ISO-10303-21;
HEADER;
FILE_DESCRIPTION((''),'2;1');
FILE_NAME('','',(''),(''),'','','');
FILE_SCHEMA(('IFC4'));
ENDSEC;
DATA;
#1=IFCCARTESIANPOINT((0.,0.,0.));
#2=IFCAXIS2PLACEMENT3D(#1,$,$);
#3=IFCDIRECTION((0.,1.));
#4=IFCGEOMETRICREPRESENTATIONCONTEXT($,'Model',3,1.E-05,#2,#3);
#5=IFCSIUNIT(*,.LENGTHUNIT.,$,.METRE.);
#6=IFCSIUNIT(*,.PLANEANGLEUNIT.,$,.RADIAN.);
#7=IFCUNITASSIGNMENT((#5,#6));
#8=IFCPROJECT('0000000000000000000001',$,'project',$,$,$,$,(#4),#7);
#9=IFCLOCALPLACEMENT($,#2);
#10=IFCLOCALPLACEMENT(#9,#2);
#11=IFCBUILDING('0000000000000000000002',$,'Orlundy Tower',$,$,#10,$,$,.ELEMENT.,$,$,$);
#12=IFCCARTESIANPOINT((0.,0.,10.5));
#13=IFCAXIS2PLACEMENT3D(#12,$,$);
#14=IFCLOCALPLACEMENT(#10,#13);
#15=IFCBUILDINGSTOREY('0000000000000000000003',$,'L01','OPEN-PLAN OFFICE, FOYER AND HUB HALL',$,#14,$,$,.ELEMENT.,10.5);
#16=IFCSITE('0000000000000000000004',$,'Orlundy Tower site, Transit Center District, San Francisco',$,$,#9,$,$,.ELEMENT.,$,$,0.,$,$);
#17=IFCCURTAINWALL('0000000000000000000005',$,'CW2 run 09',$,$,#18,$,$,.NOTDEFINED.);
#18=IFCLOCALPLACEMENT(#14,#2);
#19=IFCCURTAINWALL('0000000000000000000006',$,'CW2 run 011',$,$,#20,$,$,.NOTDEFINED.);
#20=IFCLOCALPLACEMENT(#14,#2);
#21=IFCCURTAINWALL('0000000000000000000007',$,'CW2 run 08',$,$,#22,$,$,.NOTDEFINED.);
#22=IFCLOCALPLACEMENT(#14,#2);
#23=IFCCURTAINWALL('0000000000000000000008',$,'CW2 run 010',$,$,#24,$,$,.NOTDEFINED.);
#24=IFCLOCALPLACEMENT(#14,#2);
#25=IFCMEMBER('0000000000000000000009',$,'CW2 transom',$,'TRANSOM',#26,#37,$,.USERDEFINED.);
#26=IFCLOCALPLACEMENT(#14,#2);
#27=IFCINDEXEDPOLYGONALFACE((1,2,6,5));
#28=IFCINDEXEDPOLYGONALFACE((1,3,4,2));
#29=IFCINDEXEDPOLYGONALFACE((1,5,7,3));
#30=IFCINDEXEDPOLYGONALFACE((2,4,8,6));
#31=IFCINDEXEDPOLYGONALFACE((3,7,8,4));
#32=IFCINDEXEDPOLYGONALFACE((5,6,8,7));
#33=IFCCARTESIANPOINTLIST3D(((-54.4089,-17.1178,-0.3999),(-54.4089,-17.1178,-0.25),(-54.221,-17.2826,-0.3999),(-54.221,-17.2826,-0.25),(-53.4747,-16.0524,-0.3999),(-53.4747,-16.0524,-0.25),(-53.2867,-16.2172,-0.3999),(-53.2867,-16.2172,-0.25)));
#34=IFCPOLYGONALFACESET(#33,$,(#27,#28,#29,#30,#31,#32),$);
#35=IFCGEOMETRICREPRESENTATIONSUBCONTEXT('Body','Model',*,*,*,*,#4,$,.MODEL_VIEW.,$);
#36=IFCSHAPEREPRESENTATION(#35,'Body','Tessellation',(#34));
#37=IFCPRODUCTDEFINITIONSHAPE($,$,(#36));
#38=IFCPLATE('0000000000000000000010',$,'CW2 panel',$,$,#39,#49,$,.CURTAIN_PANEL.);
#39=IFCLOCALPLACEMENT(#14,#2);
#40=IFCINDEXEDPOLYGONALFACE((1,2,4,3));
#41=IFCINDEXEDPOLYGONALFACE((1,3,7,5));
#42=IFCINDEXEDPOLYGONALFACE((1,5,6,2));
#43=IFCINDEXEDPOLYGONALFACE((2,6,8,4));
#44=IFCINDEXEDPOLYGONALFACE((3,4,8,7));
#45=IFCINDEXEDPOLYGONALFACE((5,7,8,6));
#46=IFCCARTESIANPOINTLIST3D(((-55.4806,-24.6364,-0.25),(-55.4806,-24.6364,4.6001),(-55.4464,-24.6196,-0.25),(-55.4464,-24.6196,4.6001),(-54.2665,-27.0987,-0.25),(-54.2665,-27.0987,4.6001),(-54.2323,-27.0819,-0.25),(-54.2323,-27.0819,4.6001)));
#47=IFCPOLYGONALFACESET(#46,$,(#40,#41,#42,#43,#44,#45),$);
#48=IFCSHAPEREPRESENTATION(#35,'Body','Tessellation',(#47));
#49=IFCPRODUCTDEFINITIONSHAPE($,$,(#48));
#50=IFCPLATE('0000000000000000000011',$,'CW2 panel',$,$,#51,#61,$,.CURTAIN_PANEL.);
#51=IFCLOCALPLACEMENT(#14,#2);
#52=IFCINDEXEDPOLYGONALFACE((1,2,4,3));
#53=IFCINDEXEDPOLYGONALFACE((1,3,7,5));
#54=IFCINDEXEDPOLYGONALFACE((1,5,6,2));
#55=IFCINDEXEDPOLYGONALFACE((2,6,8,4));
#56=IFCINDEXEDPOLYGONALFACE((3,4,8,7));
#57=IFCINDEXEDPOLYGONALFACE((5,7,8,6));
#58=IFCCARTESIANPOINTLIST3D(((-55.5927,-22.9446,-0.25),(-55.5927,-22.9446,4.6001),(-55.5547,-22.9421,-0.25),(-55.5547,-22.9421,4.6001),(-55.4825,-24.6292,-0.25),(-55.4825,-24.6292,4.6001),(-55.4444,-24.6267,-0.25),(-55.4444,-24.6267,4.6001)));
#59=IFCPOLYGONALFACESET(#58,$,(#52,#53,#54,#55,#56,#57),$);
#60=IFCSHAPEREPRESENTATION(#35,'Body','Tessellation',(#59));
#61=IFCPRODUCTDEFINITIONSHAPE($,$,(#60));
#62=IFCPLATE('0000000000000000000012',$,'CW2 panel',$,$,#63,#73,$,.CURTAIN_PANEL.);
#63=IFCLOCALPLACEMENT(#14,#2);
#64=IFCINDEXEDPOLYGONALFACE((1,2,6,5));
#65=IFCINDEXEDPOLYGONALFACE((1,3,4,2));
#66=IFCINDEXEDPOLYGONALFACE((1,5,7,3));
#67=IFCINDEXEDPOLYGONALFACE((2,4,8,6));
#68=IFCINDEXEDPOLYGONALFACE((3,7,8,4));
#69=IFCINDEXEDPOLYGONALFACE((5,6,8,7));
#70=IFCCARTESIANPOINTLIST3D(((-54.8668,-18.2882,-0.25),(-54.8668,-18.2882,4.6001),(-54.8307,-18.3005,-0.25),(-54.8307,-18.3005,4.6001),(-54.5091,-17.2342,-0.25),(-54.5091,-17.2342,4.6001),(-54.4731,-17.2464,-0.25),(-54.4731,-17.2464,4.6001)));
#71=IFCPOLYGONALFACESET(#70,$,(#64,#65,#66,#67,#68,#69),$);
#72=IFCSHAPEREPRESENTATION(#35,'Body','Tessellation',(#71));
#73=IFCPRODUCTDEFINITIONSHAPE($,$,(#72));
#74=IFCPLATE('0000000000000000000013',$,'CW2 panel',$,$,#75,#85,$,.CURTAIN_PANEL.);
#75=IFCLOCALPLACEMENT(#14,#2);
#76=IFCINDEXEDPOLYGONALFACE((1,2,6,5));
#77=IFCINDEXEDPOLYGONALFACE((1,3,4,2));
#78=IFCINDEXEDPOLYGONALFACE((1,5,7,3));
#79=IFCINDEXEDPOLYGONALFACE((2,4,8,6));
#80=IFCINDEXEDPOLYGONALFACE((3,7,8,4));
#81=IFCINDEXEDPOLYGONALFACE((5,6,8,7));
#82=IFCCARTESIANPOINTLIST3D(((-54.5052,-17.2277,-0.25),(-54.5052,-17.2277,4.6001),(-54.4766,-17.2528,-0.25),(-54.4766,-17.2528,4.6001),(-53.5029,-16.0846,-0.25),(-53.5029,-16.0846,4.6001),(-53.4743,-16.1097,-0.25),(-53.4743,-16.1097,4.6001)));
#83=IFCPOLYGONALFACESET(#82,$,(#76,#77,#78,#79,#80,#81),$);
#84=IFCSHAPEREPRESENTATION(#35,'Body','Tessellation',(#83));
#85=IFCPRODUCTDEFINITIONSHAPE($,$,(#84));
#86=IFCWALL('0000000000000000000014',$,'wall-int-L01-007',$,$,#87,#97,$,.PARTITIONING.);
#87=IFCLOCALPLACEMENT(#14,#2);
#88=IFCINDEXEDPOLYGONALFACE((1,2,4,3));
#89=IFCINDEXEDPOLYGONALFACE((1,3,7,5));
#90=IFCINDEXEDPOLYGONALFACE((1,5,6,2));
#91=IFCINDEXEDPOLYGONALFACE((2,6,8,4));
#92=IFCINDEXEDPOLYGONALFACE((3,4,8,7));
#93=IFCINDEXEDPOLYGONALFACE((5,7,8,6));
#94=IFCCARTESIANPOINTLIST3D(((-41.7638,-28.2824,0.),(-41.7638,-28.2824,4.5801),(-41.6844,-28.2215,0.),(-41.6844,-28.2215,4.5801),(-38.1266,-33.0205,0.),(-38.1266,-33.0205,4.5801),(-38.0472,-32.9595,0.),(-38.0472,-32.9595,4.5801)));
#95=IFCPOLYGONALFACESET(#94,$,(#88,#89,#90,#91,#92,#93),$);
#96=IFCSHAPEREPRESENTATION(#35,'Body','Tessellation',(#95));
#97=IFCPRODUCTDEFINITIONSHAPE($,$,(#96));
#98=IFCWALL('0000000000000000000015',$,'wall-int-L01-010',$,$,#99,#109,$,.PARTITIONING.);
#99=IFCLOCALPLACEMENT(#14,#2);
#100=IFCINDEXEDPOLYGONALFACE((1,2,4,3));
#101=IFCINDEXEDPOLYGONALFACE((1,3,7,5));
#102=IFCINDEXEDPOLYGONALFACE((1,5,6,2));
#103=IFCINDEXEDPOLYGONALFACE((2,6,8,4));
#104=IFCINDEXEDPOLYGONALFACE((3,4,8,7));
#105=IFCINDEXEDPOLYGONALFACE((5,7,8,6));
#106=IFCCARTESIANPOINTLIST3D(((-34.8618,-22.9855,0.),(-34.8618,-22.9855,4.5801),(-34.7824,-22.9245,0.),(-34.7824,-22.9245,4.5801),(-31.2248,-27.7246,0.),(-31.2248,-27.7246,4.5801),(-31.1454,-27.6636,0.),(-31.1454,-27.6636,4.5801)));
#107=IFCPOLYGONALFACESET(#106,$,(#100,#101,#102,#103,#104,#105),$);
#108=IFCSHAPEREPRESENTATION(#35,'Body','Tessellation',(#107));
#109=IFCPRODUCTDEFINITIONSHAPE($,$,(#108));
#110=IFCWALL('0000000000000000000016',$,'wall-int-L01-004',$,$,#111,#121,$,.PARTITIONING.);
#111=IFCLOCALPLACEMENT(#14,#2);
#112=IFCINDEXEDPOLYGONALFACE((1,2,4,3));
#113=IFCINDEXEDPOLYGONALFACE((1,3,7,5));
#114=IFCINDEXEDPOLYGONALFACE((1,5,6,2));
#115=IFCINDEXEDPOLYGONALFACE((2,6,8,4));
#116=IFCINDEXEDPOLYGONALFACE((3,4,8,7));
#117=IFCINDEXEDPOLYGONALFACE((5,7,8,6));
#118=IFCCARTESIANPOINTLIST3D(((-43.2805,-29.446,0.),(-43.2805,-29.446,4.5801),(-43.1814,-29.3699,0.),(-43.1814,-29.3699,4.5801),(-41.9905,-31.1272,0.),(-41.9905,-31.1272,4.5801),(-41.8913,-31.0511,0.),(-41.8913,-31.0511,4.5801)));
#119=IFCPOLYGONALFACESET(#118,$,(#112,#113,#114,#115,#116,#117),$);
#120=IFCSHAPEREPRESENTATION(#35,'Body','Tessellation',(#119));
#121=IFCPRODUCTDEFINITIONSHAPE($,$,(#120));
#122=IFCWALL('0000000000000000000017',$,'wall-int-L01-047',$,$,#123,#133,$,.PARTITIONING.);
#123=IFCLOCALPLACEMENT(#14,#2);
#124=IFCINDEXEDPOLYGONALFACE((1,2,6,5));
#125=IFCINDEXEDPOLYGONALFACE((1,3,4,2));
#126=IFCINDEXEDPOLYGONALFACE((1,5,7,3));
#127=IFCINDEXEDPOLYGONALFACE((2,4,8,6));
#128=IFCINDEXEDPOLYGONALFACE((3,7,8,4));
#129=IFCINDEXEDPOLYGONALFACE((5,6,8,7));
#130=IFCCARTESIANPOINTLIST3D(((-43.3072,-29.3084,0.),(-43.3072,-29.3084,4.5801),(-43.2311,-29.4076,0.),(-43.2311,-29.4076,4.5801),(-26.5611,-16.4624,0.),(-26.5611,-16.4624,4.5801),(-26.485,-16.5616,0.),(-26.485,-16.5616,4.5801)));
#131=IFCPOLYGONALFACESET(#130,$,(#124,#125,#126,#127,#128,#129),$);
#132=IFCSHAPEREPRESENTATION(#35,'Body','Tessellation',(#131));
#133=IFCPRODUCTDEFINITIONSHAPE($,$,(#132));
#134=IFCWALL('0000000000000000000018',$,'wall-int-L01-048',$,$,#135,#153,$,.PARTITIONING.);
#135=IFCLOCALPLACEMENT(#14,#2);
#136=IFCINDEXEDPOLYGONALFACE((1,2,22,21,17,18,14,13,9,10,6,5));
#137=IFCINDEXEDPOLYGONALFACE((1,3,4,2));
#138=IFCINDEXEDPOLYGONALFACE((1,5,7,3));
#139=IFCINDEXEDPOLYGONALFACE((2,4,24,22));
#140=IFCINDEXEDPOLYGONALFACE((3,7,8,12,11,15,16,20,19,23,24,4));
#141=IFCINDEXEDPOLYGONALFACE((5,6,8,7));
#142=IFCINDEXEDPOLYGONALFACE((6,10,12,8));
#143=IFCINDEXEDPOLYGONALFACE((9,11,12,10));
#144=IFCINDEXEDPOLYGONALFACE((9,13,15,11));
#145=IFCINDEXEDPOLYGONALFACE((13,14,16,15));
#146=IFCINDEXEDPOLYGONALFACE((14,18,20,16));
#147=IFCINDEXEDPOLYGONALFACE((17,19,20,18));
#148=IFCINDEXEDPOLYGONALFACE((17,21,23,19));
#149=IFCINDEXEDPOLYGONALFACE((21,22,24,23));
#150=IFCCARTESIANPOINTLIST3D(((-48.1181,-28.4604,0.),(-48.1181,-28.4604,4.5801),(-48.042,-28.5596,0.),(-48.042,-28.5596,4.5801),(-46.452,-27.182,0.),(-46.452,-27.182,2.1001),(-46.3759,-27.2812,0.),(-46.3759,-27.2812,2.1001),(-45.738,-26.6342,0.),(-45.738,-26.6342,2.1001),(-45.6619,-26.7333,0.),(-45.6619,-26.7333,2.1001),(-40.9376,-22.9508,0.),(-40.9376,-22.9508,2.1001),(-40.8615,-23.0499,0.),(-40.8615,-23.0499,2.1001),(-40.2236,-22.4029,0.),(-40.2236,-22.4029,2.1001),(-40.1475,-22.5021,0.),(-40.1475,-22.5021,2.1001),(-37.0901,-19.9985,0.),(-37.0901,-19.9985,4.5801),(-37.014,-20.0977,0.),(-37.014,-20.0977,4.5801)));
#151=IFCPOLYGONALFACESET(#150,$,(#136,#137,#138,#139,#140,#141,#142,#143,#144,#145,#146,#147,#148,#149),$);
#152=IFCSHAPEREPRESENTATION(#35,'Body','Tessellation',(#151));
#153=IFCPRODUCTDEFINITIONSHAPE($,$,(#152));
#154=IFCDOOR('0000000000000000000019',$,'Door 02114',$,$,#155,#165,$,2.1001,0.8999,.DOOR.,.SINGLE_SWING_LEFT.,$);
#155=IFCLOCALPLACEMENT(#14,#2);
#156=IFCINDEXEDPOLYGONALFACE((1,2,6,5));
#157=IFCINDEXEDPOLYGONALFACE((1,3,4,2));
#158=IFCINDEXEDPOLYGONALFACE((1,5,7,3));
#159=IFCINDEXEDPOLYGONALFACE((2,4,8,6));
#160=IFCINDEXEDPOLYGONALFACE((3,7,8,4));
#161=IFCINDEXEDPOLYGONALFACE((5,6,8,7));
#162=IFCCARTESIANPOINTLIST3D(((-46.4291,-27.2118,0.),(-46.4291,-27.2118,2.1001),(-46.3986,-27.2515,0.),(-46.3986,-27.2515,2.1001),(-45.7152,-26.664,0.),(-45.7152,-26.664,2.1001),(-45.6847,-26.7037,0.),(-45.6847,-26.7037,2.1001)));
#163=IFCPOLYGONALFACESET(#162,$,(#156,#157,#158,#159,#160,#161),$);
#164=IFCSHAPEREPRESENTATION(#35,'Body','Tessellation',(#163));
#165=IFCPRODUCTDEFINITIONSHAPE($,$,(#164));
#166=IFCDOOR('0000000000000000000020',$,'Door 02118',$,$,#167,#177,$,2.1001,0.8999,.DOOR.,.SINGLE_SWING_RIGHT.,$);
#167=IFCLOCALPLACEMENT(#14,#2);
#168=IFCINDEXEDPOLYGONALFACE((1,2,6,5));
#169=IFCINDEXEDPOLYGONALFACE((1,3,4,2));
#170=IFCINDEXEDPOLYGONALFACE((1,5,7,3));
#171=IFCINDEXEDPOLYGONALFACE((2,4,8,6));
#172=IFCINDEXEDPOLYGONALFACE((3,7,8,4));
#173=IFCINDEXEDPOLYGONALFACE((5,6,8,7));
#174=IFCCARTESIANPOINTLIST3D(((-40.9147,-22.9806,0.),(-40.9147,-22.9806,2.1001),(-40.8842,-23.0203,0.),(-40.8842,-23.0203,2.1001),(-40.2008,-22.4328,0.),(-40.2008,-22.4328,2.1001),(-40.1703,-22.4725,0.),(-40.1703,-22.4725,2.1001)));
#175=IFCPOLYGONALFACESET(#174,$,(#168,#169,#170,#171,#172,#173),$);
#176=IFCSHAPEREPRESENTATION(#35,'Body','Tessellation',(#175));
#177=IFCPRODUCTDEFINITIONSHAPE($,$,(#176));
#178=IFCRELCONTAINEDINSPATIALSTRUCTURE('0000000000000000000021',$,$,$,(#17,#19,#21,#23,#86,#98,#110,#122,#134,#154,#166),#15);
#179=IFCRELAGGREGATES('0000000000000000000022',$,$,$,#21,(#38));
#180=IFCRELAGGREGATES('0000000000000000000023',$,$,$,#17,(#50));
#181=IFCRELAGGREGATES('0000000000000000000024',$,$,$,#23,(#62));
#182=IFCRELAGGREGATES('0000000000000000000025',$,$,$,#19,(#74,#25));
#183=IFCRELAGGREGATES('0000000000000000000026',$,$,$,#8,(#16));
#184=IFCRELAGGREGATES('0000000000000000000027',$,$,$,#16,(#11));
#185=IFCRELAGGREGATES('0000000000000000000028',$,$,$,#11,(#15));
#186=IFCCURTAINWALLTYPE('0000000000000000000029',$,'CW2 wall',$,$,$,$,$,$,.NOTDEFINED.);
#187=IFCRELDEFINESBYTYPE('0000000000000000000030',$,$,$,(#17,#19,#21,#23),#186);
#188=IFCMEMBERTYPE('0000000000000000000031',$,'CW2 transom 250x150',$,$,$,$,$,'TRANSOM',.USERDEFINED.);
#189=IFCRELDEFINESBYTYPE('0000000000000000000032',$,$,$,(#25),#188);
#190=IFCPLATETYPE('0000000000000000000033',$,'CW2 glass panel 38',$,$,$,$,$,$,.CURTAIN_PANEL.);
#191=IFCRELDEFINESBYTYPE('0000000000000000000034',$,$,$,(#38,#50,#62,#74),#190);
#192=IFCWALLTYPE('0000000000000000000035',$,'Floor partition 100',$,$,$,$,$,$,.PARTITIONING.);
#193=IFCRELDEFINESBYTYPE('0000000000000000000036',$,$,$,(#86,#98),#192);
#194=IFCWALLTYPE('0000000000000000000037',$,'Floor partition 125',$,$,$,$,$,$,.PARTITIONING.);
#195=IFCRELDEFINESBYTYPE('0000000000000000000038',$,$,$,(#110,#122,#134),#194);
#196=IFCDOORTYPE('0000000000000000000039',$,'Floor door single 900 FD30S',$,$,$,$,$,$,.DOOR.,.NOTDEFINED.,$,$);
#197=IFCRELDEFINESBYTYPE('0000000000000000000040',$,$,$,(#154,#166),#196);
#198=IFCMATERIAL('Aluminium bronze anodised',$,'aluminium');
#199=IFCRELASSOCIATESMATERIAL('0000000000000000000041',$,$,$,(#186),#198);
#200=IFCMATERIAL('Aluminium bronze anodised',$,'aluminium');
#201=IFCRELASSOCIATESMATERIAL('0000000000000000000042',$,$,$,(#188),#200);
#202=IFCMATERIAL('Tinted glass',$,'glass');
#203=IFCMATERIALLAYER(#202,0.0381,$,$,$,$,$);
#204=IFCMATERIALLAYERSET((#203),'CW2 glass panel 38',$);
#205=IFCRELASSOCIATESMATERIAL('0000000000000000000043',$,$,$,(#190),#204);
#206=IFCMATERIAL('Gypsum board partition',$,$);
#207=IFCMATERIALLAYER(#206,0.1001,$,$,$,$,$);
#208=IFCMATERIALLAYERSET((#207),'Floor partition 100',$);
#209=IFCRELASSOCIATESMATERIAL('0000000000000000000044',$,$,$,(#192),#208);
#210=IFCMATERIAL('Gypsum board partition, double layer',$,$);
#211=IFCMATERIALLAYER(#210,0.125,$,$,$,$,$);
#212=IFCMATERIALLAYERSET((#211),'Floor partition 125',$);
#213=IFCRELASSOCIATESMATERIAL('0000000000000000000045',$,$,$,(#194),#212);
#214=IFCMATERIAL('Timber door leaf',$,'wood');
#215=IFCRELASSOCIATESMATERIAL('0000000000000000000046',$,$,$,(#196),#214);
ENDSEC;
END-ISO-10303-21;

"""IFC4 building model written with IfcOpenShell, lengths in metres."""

from ifc_helpers import new_model, si_unit, direction, frame, frame_2d, origin, origin_2d, place, context, subcontext, project, spatial, rectangle, extrude, material, layer, layer_set, material_profile, profile_set, type_object, element, fill, aggregate, save


model = new_model("IFC4")

# Units and contexts
model_context = context("Model", 3, precision=1e-05, world=origin(), true_north=direction((0.0, 1.0)))
body_context = subcontext(model_context, "Body", "Model", "MODEL_VIEW")
ifc_project = project(units=[si_unit("LENGTHUNIT", "METRE"), si_unit("PLANEANGLEUNIT", "RADIAN")], contexts=[model_context])

# Site, building, storey
site_placement = place(None, origin())
site = spatial("IfcSite", under=ifc_project, at=site_placement, Name="Orlundy Tower site, Transit Center District, San Francisco", CompositionType="ELEMENT", RefElevation=0.0)
building_placement = place(site_placement, origin())
building = spatial("IfcBuilding", under=site, at=building_placement, Name="Orlundy Tower", CompositionType="ELEMENT")
storey_placement = place(building_placement, frame((0.0, 0.0, 10.5)))
storey = spatial("IfcBuildingStorey", under=building, at=storey_placement, Name="L01", Description="OPEN-PLAN OFFICE, FOYER AND HUB HALL", CompositionType="ELEMENT", Elevation=10.5)

# Curtain walls
ifc_material_1 = material(Name="Aluminium bronze anodised", Category="aluminium")
curtain_wall_type = type_object("IfcCurtainWallType", Name="CW2 wall", PredefinedType="NOTDEFINED", material=ifc_material_1)
curtain_wall_1_placement = place(storey_placement, origin())
curtain_wall_1 = element("IfcCurtainWall", 1, at=curtain_wall_1_placement, inside=storey, type_object=curtain_wall_type, Name="CW2 run 09", PredefinedType="NOTDEFINED")
curtain_wall_2_placement = place(storey_placement, origin())
curtain_wall_2 = element("IfcCurtainWall", 2, at=curtain_wall_2_placement, inside=storey, type_object=curtain_wall_type, Name="CW2 run 011", PredefinedType="NOTDEFINED")
curtain_wall_3_placement = place(storey_placement, origin())
curtain_wall_3 = element("IfcCurtainWall", 3, at=curtain_wall_3_placement, inside=storey, type_object=curtain_wall_type, Name="CW2 run 08", PredefinedType="NOTDEFINED")
ifc_material_2 = material(Name="Aluminium bronze anodised", Category="aluminium")
ifc_material_profile_1 = material_profile(ifc_material_2, rectangle(XDim=0.25, YDim=0.1499, at=origin_2d()), Name="CW2 transom 250x150")
ifc_profile_set_1 = profile_set([ifc_material_profile_1], Name="Aluminium bronze anodised")
member_type_1 = type_object("IfcMemberType", Name="CW2 transom 250x150", ElementType="TRANSOM", PredefinedType="USERDEFINED", material=ifc_profile_set_1)

# Curtain wall
curtain_wall_4_placement = place(storey_placement, origin())
curtain_wall_4 = element("IfcCurtainWall", 4, at=curtain_wall_4_placement, inside=storey, type_object=curtain_wall_type, Name="CW2 run 010", PredefinedType="NOTDEFINED")

# Member
member_1_placement = place(storey_placement, frame((-54.3149, -17.2002, -0.325), z_axis=(0.659334, 0.751851, 0.0), x_axis=(-0.751851, 0.659334, 0.0)))
member_1 = element("IfcMember", 5, at=member_1_placement, type_object=member_type_1, Name="CW2 transom", ObjectType="TRANSOM", PredefinedType="USERDEFINED", context=body_context, shape_type="SweptSolid", body=[
    extrude(rectangle(XDim=0.25, YDim=0.1499, at=origin_2d()), origin(), (0.0, 0.0, 1.0), 1.417),
])

# Plates
ifc_material_3 = material(Name="Tinted glass", Category="glass")
ifc_layer_1 = layer(ifc_material_3, 0.0381)
ifc_layer_set_1 = layer_set([ifc_layer_1], Name="CW2 glass panel 38")
plate_type = type_object("IfcPlateType", Name="CW2 glass panel 38", PredefinedType="CURTAIN_PANEL", material=ifc_layer_set_1)
plate_1_placement = place(storey_placement, frame((-54.8564, -25.8591, -0.25), z_axis=(0.0, 0.0, 1.0), x_axis=(-0.442242, 0.896896, 0.0)))
plate_1 = element("IfcPlate", 6, at=plate_1_placement, type_object=plate_type, Name="CW2 panel", PredefinedType="CURTAIN_PANEL", context=body_context, shape_type="SweptSolid", body=[
    extrude(rectangle(XDim=2.7454, YDim=0.0381, at=origin_2d()), origin(), (0.0, 0.0, 1.0), 4.8501),
])
aggregate(curtain_wall_3, [plate_1])
plate_2_placement = place(storey_placement, frame((-55.5186, -23.7856, -0.25), z_axis=(0.0, 0.0, 1.0), x_axis=(-0.065284, 0.997867, 0.0)))
plate_2 = element("IfcPlate", 7, at=plate_2_placement, type_object=plate_type, Name="CW2 panel", PredefinedType="CURTAIN_PANEL", context=body_context, shape_type="SweptSolid", body=[
    extrude(rectangle(XDim=1.6882, YDim=0.0381, at=origin_2d()), origin(), (0.0, 0.0, 1.0), 4.8501),
])
aggregate(curtain_wall_1, [plate_2])
plate_3_placement = place(storey_placement, frame((-54.6699, -17.7673, -0.25), z_axis=(0.0, 0.0, 1.0), x_axis=(0.321322, 0.94697, 0.0)))
plate_3 = element("IfcPlate", 8, at=plate_3_placement, type_object=plate_type, Name="CW2 panel", PredefinedType="CURTAIN_PANEL", context=body_context, shape_type="SweptSolid", body=[
    extrude(rectangle(XDim=1.113, YDim=0.0381, at=origin_2d()), origin(), (0.0, 0.0, 1.0), 4.8501),
])
aggregate(curtain_wall_4, [plate_3])
plate_4_placement = place(storey_placement, frame((-53.9897, -16.6687, -0.25), z_axis=(0.0, 0.0, 1.0), x_axis=(0.659325, 0.751858, 0.0)))
plate_4 = element("IfcPlate", 9, at=plate_4_placement, type_object=plate_type, Name="CW2 panel", PredefinedType="CURTAIN_PANEL", context=body_context, shape_type="SweptSolid", body=[
    extrude(rectangle(XDim=1.5203, YDim=0.0381, at=origin_2d()), origin(), (0.0, 0.0, 1.0), 4.8501),
])
aggregate(curtain_wall_2, [plate_4, member_1])

# Walls
ifc_material_4 = material(Name="Gypsum board partition")
ifc_layer_2 = layer(ifc_material_4, 0.1001)
ifc_layer_set_2 = layer_set([ifc_layer_2], Name="Floor partition 100")
wall_type_1 = type_object("IfcWallType", Name="Floor partition 100", PredefinedType="PARTITIONING", material=ifc_layer_set_2)
wall_1_placement = place(storey_placement, frame((-41.7241, -28.252, 0.0), z_axis=(0.0, 0.0, 1.0), x_axis=(0.608928, -0.793225, 0.0)))
element("IfcWall", 10, at=wall_1_placement, inside=storey, type_object=wall_type_1, Name="wall-int-L01-007", PredefinedType="PARTITIONING", context=body_context, shape_type="SweptSolid", body=[
    extrude(rectangle(XDim=5.9731, YDim=0.1001, at=frame_2d((2.9866, 0.0))), origin(), (0.0, 0.0, 1.0), 4.5801),
])
wall_2_placement = place(storey_placement, frame((-34.822, -22.9551, 0.0), z_axis=(0.0, 0.0, 1.0), x_axis=(0.608824, -0.793306, 0.0)))
element("IfcWall", 11, at=wall_2_placement, inside=storey, type_object=wall_type_1, Name="wall-int-L01-010", PredefinedType="PARTITIONING", context=body_context, shape_type="SweptSolid", body=[
    extrude(rectangle(XDim=5.9739, YDim=0.1001, at=frame_2d((2.9868, 0.0))), origin(), (0.0, 0.0, 1.0), 4.5801),
])
ifc_material_5 = material(Name="Gypsum board partition, double layer")
ifc_layer_3 = layer(ifc_material_5, 0.125)
ifc_layer_set_3 = layer_set([ifc_layer_3], Name="Floor partition 125")
wall_type_2 = type_object("IfcWallType", Name="Floor partition 125", PredefinedType="PARTITIONING", material=ifc_layer_set_3)
wall_3_placement = place(storey_placement, frame((-43.231, -29.408, 0.0), z_axis=(0.0, 0.0, 1.0), x_axis=(0.608775, -0.793343, 0.0)))
element("IfcWall", 12, at=wall_3_placement, inside=storey, type_object=wall_type_2, Name="wall-int-L01-004", PredefinedType="PARTITIONING", context=body_context, shape_type="SweptSolid", body=[
    extrude(rectangle(XDim=2.1191, YDim=0.125, at=frame_2d((1.0596, 0.0))), origin(), (0.0, 0.0, 1.0), 4.5801),
])
wall_4_placement = place(storey_placement, frame((-43.269, -29.3579, 0.0), z_axis=(0.0, 0.0, 1.0), x_axis=(0.79344, 0.608649, 0.0)))
element("IfcWall", 13, at=wall_4_placement, inside=storey, type_object=wall_type_2, Name="wall-int-L01-047", PredefinedType="PARTITIONING", context=body_context, shape_type="SweptSolid", body=[
    extrude(rectangle(XDim=21.1057, YDim=0.125, at=frame_2d((10.5527, 0.0))), origin(), (0.0, 0.0, 1.0), 4.5801),
])

# Wall, openings, doors
wall_5_placement = place(storey_placement, frame((-48.0801, -28.51, 0.0), z_axis=(0.0, 0.0, 1.0), x_axis=(0.793361, 0.608751, 0.0)))
wall_5 = element("IfcWall", 14, at=wall_5_placement, inside=storey, type_object=wall_type_2, Name="wall-int-L01-048", PredefinedType="PARTITIONING", context=body_context, shape_type="SweptSolid", body=[
    extrude(rectangle(XDim=13.9004, YDim=0.125, at=frame_2d((6.9502, 0.0))), origin(), (0.0, 0.0, 1.0), 4.5801),
])
opening_1_placement = place(wall_5_placement, frame((2.1001, 0.0, 0.0)))
opening_1 = element("IfcOpeningElement", 15, at=opening_1_placement, cuts=wall_5, PredefinedType="OPENING", context=body_context, shape_type="SweptSolid", body=[
    extrude(rectangle(XDim=0.8999, YDim=2.1001, at=frame_2d((0.45, 1.05))), frame((0.0, 0.0725, 0.0), z_axis=(0.0, -1.0, 0.0), x_axis=(1.0, 0.0, 0.0)), (0.0, 0.0, 1.0), 0.145),
])
opening_2_placement = place(wall_5_placement, frame((9.0508, 0.0, 0.0)))
opening_2 = element("IfcOpeningElement", 16, at=opening_2_placement, cuts=wall_5, PredefinedType="OPENING", context=body_context, shape_type="SweptSolid", body=[
    extrude(rectangle(XDim=0.8999, YDim=2.1001, at=frame_2d((0.45, 1.05))), frame((0.0, 0.0725, 0.0), z_axis=(0.0, -1.0, 0.0), x_axis=(1.0, 0.0, 0.0)), (0.0, 0.0, 1.0), 0.145),
])
ifc_material_6 = material(Name="Timber door leaf", Category="wood")
door_type = type_object("IfcDoorType", Name="Floor door single 900 FD30S", OperationType="NOTDEFINED", PredefinedType="DOOR", material=ifc_material_6)
door_1_placement = place(opening_1_placement, origin())
door_1 = element("IfcDoor", 17, at=door_1_placement, inside=storey, type_object=door_type, Name="Door 02114", OperationType="SINGLE_SWING_LEFT", OverallHeight=2.1001, OverallWidth=0.8999, PredefinedType="DOOR", context=body_context, shape_type="SweptSolid", body=[
    extrude(rectangle(XDim=0.8999, YDim=2.1001, at=frame_2d((0.45, 1.05))), frame((0.0, 0.0249, 0.0), z_axis=(0.0, -1.0, 0.0), x_axis=(1.0, 0.0, 0.0)), (0.0, 0.0, 1.0), 0.05),
])
fill(opening_1, door_1)
door_2_placement = place(opening_2_placement, origin())
door_2 = element("IfcDoor", 18, at=door_2_placement, inside=storey, type_object=door_type, Name="Door 02118", OperationType="SINGLE_SWING_RIGHT", OverallHeight=2.1001, OverallWidth=0.8999, PredefinedType="DOOR", context=body_context, shape_type="SweptSolid", body=[
    extrude(rectangle(XDim=0.8999, YDim=2.1001, at=frame_2d((0.45, 1.05))), frame((0.0, 0.0249, 0.0), z_axis=(0.0, -1.0, 0.0), x_axis=(1.0, 0.0, 0.0)), (0.0, 0.0, 1.0), 0.05),
])
fill(opening_2, door_2)

save(model, "model.ifc")
